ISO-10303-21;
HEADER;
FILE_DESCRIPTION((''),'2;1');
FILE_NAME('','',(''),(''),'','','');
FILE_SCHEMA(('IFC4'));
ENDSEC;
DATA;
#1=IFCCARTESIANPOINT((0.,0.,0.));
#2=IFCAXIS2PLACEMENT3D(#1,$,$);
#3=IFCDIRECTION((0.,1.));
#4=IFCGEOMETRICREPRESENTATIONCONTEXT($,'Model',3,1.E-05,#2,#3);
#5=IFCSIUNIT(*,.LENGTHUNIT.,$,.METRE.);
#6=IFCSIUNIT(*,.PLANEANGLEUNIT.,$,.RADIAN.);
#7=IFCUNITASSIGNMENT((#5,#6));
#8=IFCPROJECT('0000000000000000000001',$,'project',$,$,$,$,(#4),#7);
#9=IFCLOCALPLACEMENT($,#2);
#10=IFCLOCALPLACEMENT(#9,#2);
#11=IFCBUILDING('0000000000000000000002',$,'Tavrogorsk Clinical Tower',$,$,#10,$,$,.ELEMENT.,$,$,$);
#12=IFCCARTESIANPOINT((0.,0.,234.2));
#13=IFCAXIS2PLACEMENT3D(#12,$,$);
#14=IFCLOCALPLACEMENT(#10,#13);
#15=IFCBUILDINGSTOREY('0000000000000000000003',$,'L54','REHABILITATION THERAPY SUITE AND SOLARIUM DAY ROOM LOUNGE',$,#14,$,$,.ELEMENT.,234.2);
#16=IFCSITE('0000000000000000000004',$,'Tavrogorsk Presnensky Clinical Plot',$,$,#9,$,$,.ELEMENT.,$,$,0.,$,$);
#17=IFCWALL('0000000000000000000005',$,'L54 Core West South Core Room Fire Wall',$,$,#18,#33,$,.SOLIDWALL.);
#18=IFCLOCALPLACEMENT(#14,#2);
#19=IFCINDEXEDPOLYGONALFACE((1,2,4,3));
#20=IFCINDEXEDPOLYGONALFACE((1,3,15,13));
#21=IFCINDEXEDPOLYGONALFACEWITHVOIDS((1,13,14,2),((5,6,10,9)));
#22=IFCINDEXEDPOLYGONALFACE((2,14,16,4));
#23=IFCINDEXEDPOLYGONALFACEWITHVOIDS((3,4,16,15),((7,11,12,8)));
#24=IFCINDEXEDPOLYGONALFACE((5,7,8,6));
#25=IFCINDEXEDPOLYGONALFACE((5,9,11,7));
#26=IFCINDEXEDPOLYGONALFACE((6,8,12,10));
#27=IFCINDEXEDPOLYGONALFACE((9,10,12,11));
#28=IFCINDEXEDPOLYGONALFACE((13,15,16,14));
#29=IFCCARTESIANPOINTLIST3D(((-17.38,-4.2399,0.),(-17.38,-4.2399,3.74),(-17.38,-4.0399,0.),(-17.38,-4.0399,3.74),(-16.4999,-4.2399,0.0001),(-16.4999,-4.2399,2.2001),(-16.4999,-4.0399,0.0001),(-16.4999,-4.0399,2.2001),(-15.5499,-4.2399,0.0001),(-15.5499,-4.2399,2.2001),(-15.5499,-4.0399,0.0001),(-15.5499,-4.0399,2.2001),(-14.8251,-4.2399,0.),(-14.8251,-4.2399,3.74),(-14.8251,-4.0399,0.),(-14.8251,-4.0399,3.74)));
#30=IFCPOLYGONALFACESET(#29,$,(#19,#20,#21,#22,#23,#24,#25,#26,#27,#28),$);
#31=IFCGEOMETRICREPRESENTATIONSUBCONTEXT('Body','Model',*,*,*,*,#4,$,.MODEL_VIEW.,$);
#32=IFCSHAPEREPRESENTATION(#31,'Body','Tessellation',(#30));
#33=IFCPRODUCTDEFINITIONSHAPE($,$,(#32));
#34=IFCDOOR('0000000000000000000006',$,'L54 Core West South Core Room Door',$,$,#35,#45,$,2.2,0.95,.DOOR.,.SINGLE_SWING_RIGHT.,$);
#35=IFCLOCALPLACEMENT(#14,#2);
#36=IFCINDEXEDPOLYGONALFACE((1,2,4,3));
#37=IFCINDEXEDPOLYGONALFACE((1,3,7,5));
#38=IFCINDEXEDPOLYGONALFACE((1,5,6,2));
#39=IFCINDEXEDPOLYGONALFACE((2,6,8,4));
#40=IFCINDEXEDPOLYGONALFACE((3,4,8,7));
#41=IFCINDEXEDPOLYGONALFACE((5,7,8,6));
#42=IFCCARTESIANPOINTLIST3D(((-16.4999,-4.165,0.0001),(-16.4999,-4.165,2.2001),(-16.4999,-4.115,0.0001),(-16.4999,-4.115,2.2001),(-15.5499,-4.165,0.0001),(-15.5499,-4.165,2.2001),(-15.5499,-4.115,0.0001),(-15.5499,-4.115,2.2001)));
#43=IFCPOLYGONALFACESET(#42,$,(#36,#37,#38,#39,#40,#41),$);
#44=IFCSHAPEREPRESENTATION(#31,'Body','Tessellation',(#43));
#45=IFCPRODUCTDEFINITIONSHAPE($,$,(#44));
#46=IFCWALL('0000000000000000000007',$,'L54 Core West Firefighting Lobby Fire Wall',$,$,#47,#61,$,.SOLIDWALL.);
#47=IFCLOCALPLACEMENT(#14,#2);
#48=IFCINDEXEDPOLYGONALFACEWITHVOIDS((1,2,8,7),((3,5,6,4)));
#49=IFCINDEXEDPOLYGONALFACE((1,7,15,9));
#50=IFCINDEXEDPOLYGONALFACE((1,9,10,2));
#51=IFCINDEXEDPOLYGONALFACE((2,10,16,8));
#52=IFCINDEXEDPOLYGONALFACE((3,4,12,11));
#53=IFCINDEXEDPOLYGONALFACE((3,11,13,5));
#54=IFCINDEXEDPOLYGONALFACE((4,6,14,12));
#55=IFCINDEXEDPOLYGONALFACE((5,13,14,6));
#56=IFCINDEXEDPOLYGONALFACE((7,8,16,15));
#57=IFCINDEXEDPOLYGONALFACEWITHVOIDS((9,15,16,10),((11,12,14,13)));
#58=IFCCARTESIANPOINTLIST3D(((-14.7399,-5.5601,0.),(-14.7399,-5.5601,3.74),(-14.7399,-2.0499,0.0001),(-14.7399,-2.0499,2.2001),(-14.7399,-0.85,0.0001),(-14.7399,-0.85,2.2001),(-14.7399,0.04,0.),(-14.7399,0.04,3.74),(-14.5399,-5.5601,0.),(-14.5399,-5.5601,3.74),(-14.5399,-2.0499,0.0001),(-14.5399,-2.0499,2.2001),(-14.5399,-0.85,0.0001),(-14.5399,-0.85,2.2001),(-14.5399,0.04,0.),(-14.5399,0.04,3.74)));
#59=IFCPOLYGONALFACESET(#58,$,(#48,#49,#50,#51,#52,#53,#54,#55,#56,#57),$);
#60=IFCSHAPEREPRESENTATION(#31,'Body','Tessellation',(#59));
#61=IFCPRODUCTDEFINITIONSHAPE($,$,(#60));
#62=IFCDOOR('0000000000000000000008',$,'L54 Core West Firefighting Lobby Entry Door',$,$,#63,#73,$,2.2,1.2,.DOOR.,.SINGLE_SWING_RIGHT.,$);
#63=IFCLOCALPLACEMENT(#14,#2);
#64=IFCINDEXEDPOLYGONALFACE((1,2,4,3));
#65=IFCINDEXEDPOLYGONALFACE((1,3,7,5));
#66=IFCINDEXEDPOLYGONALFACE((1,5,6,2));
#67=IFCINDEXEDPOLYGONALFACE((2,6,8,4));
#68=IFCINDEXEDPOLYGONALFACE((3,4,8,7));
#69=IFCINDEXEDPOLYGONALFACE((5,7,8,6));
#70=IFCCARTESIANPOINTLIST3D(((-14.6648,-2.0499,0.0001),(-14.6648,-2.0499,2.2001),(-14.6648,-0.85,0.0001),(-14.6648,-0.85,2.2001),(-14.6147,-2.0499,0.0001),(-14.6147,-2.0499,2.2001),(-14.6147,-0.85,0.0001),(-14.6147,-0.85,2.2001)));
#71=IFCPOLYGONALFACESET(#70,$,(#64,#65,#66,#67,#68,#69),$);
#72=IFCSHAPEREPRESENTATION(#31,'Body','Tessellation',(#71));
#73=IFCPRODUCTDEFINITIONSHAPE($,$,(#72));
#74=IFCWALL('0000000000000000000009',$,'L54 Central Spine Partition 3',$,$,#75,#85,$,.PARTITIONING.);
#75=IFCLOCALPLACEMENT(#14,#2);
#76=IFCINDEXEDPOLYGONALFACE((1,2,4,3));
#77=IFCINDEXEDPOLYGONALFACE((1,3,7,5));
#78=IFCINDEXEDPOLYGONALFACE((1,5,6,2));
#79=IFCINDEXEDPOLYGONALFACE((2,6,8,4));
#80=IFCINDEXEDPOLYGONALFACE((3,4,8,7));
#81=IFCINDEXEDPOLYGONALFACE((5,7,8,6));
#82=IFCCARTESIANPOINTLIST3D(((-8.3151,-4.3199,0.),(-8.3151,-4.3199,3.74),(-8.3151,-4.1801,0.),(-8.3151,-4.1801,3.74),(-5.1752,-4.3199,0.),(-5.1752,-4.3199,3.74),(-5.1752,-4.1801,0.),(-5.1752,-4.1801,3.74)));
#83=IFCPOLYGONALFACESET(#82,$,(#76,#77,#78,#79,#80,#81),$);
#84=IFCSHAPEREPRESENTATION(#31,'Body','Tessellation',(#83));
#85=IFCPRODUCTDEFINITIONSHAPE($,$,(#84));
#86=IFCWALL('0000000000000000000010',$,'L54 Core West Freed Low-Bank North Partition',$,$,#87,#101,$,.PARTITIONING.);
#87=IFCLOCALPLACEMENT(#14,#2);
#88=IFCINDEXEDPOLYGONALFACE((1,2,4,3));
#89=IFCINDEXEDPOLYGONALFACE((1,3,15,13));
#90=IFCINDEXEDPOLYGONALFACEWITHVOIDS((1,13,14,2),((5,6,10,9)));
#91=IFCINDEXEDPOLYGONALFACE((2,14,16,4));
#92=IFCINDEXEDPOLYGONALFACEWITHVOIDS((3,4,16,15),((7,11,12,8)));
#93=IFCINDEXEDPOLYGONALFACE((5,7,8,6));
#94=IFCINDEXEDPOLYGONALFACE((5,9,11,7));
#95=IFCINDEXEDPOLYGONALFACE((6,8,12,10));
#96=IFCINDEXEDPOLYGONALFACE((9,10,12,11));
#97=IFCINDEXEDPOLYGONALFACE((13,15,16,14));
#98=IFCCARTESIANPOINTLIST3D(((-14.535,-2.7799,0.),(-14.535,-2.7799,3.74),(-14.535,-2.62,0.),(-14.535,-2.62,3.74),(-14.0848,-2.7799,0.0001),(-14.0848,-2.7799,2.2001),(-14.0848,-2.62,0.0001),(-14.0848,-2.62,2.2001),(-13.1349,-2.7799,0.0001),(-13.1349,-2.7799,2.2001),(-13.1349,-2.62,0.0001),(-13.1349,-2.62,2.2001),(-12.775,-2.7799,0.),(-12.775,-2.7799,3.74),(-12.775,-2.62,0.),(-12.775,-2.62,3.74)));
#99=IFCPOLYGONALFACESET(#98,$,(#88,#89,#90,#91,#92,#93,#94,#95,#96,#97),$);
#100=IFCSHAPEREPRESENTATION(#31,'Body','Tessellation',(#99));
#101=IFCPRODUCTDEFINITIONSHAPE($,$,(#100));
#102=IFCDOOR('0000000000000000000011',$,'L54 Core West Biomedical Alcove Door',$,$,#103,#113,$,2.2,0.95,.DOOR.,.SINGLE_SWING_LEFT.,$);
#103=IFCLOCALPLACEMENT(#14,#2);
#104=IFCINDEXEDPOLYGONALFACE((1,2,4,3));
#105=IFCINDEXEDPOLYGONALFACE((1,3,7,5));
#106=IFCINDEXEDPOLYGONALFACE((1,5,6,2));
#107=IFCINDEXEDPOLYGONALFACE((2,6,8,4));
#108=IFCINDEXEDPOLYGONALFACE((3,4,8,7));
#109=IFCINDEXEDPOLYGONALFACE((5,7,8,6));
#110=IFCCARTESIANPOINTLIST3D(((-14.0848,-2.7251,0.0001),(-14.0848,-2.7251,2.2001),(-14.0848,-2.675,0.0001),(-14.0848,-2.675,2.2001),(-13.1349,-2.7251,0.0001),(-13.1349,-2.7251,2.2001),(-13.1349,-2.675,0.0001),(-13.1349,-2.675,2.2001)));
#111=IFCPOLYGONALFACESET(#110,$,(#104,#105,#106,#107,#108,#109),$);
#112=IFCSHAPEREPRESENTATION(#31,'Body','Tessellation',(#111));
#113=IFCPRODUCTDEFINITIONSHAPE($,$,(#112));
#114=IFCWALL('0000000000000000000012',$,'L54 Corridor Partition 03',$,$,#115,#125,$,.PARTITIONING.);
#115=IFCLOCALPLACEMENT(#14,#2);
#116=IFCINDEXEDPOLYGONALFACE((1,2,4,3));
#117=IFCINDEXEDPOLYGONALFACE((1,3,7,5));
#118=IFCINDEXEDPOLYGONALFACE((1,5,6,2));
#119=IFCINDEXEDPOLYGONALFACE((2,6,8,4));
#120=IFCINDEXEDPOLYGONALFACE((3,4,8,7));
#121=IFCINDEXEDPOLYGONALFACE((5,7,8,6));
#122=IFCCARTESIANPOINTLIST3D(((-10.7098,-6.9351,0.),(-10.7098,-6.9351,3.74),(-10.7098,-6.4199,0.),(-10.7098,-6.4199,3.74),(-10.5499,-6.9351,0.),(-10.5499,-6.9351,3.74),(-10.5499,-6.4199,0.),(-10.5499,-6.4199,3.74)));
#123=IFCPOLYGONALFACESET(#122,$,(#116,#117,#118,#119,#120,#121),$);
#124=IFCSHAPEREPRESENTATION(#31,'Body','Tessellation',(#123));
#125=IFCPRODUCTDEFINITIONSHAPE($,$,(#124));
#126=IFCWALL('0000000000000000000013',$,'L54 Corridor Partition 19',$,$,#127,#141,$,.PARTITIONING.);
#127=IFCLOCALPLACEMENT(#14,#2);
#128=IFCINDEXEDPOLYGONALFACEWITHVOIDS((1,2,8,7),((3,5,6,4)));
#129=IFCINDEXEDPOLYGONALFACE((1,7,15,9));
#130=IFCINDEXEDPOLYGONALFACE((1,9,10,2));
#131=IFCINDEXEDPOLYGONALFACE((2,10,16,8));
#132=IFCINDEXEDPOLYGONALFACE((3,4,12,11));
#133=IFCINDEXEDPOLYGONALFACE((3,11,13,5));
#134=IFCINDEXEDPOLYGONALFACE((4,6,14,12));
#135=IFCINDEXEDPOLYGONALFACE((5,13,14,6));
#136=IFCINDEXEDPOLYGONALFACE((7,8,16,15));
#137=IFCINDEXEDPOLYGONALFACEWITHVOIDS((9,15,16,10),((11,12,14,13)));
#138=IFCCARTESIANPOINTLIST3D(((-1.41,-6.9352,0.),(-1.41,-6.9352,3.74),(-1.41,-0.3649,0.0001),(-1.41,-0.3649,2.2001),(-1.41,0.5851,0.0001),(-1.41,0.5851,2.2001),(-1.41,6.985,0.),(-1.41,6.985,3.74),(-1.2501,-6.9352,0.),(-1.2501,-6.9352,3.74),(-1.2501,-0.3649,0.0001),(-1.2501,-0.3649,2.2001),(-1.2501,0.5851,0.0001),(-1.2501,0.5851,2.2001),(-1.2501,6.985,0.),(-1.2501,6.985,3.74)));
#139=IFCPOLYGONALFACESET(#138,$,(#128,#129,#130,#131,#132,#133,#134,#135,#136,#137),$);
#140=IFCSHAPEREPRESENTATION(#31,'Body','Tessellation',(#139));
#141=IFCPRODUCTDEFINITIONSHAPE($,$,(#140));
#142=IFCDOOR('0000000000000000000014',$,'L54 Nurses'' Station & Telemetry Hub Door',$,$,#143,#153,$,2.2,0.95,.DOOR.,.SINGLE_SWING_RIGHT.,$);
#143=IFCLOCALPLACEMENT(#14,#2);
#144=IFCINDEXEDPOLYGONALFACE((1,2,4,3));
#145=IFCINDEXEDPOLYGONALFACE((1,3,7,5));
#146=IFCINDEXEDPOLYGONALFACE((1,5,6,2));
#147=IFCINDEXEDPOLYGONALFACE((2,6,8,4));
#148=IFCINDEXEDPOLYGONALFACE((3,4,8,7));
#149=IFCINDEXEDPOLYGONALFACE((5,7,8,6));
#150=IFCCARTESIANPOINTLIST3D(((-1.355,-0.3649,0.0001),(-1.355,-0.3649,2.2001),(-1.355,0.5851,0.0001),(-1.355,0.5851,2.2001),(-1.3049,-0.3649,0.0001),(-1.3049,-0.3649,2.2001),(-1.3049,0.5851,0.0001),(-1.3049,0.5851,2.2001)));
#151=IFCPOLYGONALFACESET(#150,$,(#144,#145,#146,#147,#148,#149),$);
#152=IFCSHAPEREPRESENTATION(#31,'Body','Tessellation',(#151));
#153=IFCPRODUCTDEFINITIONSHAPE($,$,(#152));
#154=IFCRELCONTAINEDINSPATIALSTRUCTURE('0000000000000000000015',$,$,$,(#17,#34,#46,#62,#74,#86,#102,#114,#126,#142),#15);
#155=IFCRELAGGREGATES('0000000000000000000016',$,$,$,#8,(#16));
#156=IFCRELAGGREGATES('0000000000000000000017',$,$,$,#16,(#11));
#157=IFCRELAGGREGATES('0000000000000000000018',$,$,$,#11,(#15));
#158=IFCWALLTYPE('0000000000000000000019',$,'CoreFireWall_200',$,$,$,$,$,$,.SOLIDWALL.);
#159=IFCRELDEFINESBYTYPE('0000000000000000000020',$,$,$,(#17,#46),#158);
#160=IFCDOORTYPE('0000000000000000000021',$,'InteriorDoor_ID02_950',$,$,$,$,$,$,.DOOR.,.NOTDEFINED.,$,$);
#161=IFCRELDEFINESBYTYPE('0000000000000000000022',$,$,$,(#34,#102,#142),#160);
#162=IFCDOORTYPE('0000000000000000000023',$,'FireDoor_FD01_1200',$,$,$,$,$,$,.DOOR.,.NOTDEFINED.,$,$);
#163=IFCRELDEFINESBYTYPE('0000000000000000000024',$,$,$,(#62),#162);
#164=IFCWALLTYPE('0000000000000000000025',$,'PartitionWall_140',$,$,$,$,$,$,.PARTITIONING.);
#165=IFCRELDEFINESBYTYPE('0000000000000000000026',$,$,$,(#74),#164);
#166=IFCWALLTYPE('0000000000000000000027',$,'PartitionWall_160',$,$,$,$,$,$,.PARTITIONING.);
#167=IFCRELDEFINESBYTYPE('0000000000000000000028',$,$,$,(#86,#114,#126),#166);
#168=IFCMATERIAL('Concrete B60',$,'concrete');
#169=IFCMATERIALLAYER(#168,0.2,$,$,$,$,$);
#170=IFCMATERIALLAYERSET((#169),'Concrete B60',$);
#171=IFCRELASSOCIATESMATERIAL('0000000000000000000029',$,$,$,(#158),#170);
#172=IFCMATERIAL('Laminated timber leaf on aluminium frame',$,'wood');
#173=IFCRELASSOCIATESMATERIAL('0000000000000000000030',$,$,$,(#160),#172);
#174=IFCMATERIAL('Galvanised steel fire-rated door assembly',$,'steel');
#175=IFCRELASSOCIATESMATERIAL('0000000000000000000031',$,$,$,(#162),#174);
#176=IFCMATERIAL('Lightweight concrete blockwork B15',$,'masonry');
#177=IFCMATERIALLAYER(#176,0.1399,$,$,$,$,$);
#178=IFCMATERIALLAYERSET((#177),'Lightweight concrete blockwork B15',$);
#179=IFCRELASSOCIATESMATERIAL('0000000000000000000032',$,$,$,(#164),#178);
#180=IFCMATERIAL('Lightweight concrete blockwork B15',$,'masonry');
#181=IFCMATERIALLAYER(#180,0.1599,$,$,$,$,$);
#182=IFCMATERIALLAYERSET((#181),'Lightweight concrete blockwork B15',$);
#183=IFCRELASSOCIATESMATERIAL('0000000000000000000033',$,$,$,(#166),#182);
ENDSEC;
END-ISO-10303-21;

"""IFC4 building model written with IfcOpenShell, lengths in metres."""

from ifc_helpers import new_model, si_unit, direction, frame, frame_2d, origin, place, context, subcontext, project, spatial, rectangle, extrude, material, layer, layer_set, type_object, element, fill, save


model = new_model("IFC4")

# Units and contexts
model_context = context("Model", 3, precision=1e-05, world=origin(), true_north=direction((0.0, 1.0)))
body_context = subcontext(model_context, "Body", "Model", "MODEL_VIEW")
ifc_project = project(units=[si_unit("LENGTHUNIT", "METRE"), si_unit("PLANEANGLEUNIT", "RADIAN")], contexts=[model_context])

# Site, building, storey
site_placement = place(None, origin())
site = spatial("IfcSite", under=ifc_project, at=site_placement, Name="Tavrogorsk Presnensky Clinical Plot", CompositionType="ELEMENT", RefElevation=0.0)
building_placement = place(site_placement, origin())
building = spatial("IfcBuilding", under=site, at=building_placement, Name="Tavrogorsk Clinical Tower", CompositionType="ELEMENT")
storey_placement = place(building_placement, frame((0.0, 0.0, 234.2)))
storey = spatial("IfcBuildingStorey", under=building, at=storey_placement, Name="L54", Description="REHABILITATION THERAPY SUITE AND SOLARIUM DAY ROOM LOUNGE", CompositionType="ELEMENT", Elevation=234.2)

# Walls, openings, doors
ifc_material_1 = material(Name="Concrete B60", Category="concrete")
ifc_layer_1 = layer(ifc_material_1, 0.2)
ifc_layer_set_1 = layer_set([ifc_layer_1], Name="Concrete B60")
wall_type_1 = type_object("IfcWallType", Name="CoreFireWall_200", PredefinedType="SOLIDWALL", material=ifc_layer_set_1)
wall_1_placement = place(storey_placement, frame((-17.3799, -4.1399, 0.0), z_axis=(0.0, 0.0, 1.0), x_axis=(1.0, 0.0, 0.0)))
wall_1 = element("IfcWall", 1, at=wall_1_placement, inside=storey, type_object=wall_type_1, Name="L54 Core West South Core Room Fire Wall", PredefinedType="SOLIDWALL", context=body_context, shape_type="SweptSolid", body=[
    extrude(rectangle(XDim=2.5549, YDim=0.2, at=frame_2d((1.2773, 0.0))), origin(), (0.0, 0.0, 1.0), 3.74),
])
opening_1_placement = place(wall_1_placement, frame((0.8799, 0.0, 0.0)))
opening_1 = element("IfcOpeningElement", 2, at=opening_1_placement, cuts=wall_1, PredefinedType="OPENING", context=body_context, shape_type="SweptSolid", body=[
    extrude(rectangle(XDim=0.95, YDim=2.2, at=frame_2d((0.4751, 1.1001))), frame((0.0, 0.1099, 0.0), z_axis=(0.0, -1.0, 0.0), x_axis=(1.0, 0.0, 0.0)), (0.0, 0.0, 1.0), 0.22),
])
ifc_material_2 = material(Name="Laminated timber leaf on aluminium frame", Category="wood")
door_type_1 = type_object("IfcDoorType", Name="InteriorDoor_ID02_950", OperationType="NOTDEFINED", PredefinedType="DOOR", material=ifc_material_2)
door_1_placement = place(opening_1_placement, origin())
door_1 = element("IfcDoor", 3, at=door_1_placement, inside=storey, type_object=door_type_1, Name="L54 Core West South Core Room Door", OperationType="SINGLE_SWING_RIGHT", OverallHeight=2.2, OverallWidth=0.95, PredefinedType="DOOR", context=body_context, shape_type="SweptSolid", body=[
    extrude(rectangle(XDim=0.95, YDim=2.2, at=frame_2d((0.4751, 1.1001))), frame((0.0, 0.0249, 0.0), z_axis=(0.0, -1.0, 0.0), x_axis=(1.0, 0.0, 0.0)), (0.0, 0.0, 1.0), 0.05),
])
fill(opening_1, door_1)
wall_2_placement = place(storey_placement, frame((-14.6399, -5.5601, 0.0), z_axis=(0.0, 0.0, 1.0), x_axis=(0.0, 1.0, 0.0)))
wall_2 = element("IfcWall", 4, at=wall_2_placement, inside=storey, type_object=wall_type_1, Name="L54 Core West Firefighting Lobby Fire Wall", PredefinedType="SOLIDWALL", context=body_context, shape_type="SweptSolid", body=[
    extrude(rectangle(XDim=5.6001, YDim=0.2, at=frame_2d((2.8, 0.0))), origin(), (0.0, 0.0, 1.0), 3.74),
])
opening_2_placement = place(wall_2_placement, frame((3.51, 0.0, 0.0)))
opening_2 = element("IfcOpeningElement", 5, at=opening_2_placement, cuts=wall_2, PredefinedType="OPENING", context=body_context, shape_type="SweptSolid", body=[
    extrude(rectangle(XDim=1.2, YDim=2.2, at=frame_2d((0.6001, 1.1001))), frame((0.0, 0.1099, 0.0), z_axis=(0.0, -1.0, 0.0), x_axis=(1.0, 0.0, 0.0)), (0.0, 0.0, 1.0), 0.22),
])
ifc_material_3 = material(Name="Galvanised steel fire-rated door assembly", Category="steel")
door_type_2 = type_object("IfcDoorType", Name="FireDoor_FD01_1200", OperationType="NOTDEFINED", PredefinedType="DOOR", material=ifc_material_3)
door_2_placement = place(opening_2_placement, origin())
door_2 = element("IfcDoor", 6, at=door_2_placement, inside=storey, type_object=door_type_2, Name="L54 Core West Firefighting Lobby Entry Door", OperationType="SINGLE_SWING_RIGHT", OverallHeight=2.2, OverallWidth=1.2, PredefinedType="DOOR", context=body_context, shape_type="SweptSolid", body=[
    extrude(rectangle(XDim=1.2, YDim=2.2, at=frame_2d((0.6001, 1.1001))), frame((0.0, 0.0249, 0.0), z_axis=(0.0, -1.0, 0.0), x_axis=(1.0, 0.0, 0.0)), (0.0, 0.0, 1.0), 0.05),
])
fill(opening_2, door_2)

# Wall
ifc_material_4 = material(Name="Lightweight concrete blockwork B15", Category="masonry")
ifc_layer_2 = layer(ifc_material_4, 0.1399)
ifc_layer_set_2 = layer_set([ifc_layer_2], Name="Lightweight concrete blockwork B15")
wall_type_2 = type_object("IfcWallType", Name="PartitionWall_140", PredefinedType="PARTITIONING", material=ifc_layer_set_2)
wall_3_placement = place(storey_placement, frame((-8.3149, -4.25, 0.0), z_axis=(0.0, 0.0, 1.0), x_axis=(1.0, 0.0, 0.0)))
element("IfcWall", 7, at=wall_3_placement, inside=storey, type_object=wall_type_2, Name="L54 Central Spine Partition 3", PredefinedType="PARTITIONING", context=body_context, shape_type="SweptSolid", body=[
    extrude(rectangle(XDim=3.1399, YDim=0.1399, at=frame_2d((1.5698, 0.0))), origin(), (0.0, 0.0, 1.0), 3.74),
])

# Wall, opening, door
ifc_material_5 = material(Name="Lightweight concrete blockwork B15", Category="masonry")
ifc_layer_3 = layer(ifc_material_5, 0.1599)
ifc_layer_set_3 = layer_set([ifc_layer_3], Name="Lightweight concrete blockwork B15")
wall_type_3 = type_object("IfcWallType", Name="PartitionWall_160", PredefinedType="PARTITIONING", material=ifc_layer_set_3)
wall_4_placement = place(storey_placement, frame((-14.5349, -2.7, 0.0), z_axis=(0.0, 0.0, 1.0), x_axis=(1.0, 0.0, 0.0)))
wall_4 = element("IfcWall", 8, at=wall_4_placement, inside=storey, type_object=wall_type_3, Name="L54 Core West Freed Low-Bank North Partition", PredefinedType="PARTITIONING", context=body_context, shape_type="SweptSolid", body=[
    extrude(rectangle(XDim=1.76, YDim=0.1599, at=frame_2d((0.8799, 0.0))), origin(), (0.0, 0.0, 1.0), 3.74),
])
opening_3_placement = place(wall_4_placement, frame((0.45, 0.0, 0.0)))
opening_3 = element("IfcOpeningElement", 9, at=opening_3_placement, cuts=wall_4, PredefinedType="OPENING", context=body_context, shape_type="SweptSolid", body=[
    extrude(rectangle(XDim=0.95, YDim=2.2, at=frame_2d((0.4751, 1.1001))), frame((0.0, 0.0898, 0.0), z_axis=(0.0, -1.0, 0.0), x_axis=(1.0, 0.0, 0.0)), (0.0, 0.0, 1.0), 0.1799),
])
door_3_placement = place(opening_3_placement, origin())
door_3 = element("IfcDoor", 10, at=door_3_placement, inside=storey, type_object=door_type_1, Name="L54 Core West Biomedical Alcove Door", OperationType="SINGLE_SWING_LEFT", OverallHeight=2.2, OverallWidth=0.95, PredefinedType="DOOR", context=body_context, shape_type="SweptSolid", body=[
    extrude(rectangle(XDim=0.95, YDim=2.2, at=frame_2d((0.4751, 1.1001))), frame((0.0, 0.0249, 0.0), z_axis=(0.0, -1.0, 0.0), x_axis=(1.0, 0.0, 0.0)), (0.0, 0.0, 1.0), 0.05),
])
fill(opening_3, door_3)

# Wall
wall_5_placement = place(storey_placement, frame((-10.6299, -6.9351, 0.0), z_axis=(0.0, 0.0, 1.0), x_axis=(0.0, 1.0, 0.0)))
element("IfcWall", 11, at=wall_5_placement, inside=storey, type_object=wall_type_3, Name="L54 Corridor Partition 03", PredefinedType="PARTITIONING", context=body_context, shape_type="SweptSolid", body=[
    extrude(rectangle(XDim=0.5151, YDim=0.1599, at=frame_2d((0.2576, 0.0))), origin(), (0.0, 0.0, 1.0), 3.74),
])

# Wall, opening, door
wall_6_placement = place(storey_placement, frame((-1.3301, -6.9351, 0.0), z_axis=(0.0, 0.0, 1.0), x_axis=(0.0, 1.0, 0.0)))
wall_6 = element("IfcWall", 12, at=wall_6_placement, inside=storey, type_object=wall_type_3, Name="L54 Corridor Partition 19", PredefinedType="PARTITIONING", context=body_context, shape_type="SweptSolid", body=[
    extrude(rectangle(XDim=13.9202, YDim=0.1599, at=frame_2d((6.96, 0.0))), origin(), (0.0, 0.0, 1.0), 3.74),
])
opening_4_placement = place(wall_6_placement, frame((6.5701, 0.0, 0.0)))
opening_4 = element("IfcOpeningElement", 13, at=opening_4_placement, cuts=wall_6, PredefinedType="OPENING", context=body_context, shape_type="SweptSolid", body=[
    extrude(rectangle(XDim=0.95, YDim=2.2, at=frame_2d((0.4751, 1.1001))), frame((0.0, 0.0898, 0.0), z_axis=(0.0, -1.0, 0.0), x_axis=(1.0, 0.0, 0.0)), (0.0, 0.0, 1.0), 0.1799),
])
door_4_placement = place(opening_4_placement, origin())
door_4 = element("IfcDoor", 14, at=door_4_placement, inside=storey, type_object=door_type_1, Name="L54 Nurses' Station & Telemetry Hub Door", OperationType="SINGLE_SWING_RIGHT", OverallHeight=2.2, OverallWidth=0.95, PredefinedType="DOOR", context=body_context, shape_type="SweptSolid", body=[
    extrude(rectangle(XDim=0.95, YDim=2.2, at=frame_2d((0.4751, 1.1001))), frame((0.0, 0.0249, 0.0), z_axis=(0.0, -1.0, 0.0), x_axis=(1.0, 0.0, 0.0)), (0.0, 0.0, 1.0), 0.05),
])
fill(opening_4, door_4)

save(model, "model.ifc")
